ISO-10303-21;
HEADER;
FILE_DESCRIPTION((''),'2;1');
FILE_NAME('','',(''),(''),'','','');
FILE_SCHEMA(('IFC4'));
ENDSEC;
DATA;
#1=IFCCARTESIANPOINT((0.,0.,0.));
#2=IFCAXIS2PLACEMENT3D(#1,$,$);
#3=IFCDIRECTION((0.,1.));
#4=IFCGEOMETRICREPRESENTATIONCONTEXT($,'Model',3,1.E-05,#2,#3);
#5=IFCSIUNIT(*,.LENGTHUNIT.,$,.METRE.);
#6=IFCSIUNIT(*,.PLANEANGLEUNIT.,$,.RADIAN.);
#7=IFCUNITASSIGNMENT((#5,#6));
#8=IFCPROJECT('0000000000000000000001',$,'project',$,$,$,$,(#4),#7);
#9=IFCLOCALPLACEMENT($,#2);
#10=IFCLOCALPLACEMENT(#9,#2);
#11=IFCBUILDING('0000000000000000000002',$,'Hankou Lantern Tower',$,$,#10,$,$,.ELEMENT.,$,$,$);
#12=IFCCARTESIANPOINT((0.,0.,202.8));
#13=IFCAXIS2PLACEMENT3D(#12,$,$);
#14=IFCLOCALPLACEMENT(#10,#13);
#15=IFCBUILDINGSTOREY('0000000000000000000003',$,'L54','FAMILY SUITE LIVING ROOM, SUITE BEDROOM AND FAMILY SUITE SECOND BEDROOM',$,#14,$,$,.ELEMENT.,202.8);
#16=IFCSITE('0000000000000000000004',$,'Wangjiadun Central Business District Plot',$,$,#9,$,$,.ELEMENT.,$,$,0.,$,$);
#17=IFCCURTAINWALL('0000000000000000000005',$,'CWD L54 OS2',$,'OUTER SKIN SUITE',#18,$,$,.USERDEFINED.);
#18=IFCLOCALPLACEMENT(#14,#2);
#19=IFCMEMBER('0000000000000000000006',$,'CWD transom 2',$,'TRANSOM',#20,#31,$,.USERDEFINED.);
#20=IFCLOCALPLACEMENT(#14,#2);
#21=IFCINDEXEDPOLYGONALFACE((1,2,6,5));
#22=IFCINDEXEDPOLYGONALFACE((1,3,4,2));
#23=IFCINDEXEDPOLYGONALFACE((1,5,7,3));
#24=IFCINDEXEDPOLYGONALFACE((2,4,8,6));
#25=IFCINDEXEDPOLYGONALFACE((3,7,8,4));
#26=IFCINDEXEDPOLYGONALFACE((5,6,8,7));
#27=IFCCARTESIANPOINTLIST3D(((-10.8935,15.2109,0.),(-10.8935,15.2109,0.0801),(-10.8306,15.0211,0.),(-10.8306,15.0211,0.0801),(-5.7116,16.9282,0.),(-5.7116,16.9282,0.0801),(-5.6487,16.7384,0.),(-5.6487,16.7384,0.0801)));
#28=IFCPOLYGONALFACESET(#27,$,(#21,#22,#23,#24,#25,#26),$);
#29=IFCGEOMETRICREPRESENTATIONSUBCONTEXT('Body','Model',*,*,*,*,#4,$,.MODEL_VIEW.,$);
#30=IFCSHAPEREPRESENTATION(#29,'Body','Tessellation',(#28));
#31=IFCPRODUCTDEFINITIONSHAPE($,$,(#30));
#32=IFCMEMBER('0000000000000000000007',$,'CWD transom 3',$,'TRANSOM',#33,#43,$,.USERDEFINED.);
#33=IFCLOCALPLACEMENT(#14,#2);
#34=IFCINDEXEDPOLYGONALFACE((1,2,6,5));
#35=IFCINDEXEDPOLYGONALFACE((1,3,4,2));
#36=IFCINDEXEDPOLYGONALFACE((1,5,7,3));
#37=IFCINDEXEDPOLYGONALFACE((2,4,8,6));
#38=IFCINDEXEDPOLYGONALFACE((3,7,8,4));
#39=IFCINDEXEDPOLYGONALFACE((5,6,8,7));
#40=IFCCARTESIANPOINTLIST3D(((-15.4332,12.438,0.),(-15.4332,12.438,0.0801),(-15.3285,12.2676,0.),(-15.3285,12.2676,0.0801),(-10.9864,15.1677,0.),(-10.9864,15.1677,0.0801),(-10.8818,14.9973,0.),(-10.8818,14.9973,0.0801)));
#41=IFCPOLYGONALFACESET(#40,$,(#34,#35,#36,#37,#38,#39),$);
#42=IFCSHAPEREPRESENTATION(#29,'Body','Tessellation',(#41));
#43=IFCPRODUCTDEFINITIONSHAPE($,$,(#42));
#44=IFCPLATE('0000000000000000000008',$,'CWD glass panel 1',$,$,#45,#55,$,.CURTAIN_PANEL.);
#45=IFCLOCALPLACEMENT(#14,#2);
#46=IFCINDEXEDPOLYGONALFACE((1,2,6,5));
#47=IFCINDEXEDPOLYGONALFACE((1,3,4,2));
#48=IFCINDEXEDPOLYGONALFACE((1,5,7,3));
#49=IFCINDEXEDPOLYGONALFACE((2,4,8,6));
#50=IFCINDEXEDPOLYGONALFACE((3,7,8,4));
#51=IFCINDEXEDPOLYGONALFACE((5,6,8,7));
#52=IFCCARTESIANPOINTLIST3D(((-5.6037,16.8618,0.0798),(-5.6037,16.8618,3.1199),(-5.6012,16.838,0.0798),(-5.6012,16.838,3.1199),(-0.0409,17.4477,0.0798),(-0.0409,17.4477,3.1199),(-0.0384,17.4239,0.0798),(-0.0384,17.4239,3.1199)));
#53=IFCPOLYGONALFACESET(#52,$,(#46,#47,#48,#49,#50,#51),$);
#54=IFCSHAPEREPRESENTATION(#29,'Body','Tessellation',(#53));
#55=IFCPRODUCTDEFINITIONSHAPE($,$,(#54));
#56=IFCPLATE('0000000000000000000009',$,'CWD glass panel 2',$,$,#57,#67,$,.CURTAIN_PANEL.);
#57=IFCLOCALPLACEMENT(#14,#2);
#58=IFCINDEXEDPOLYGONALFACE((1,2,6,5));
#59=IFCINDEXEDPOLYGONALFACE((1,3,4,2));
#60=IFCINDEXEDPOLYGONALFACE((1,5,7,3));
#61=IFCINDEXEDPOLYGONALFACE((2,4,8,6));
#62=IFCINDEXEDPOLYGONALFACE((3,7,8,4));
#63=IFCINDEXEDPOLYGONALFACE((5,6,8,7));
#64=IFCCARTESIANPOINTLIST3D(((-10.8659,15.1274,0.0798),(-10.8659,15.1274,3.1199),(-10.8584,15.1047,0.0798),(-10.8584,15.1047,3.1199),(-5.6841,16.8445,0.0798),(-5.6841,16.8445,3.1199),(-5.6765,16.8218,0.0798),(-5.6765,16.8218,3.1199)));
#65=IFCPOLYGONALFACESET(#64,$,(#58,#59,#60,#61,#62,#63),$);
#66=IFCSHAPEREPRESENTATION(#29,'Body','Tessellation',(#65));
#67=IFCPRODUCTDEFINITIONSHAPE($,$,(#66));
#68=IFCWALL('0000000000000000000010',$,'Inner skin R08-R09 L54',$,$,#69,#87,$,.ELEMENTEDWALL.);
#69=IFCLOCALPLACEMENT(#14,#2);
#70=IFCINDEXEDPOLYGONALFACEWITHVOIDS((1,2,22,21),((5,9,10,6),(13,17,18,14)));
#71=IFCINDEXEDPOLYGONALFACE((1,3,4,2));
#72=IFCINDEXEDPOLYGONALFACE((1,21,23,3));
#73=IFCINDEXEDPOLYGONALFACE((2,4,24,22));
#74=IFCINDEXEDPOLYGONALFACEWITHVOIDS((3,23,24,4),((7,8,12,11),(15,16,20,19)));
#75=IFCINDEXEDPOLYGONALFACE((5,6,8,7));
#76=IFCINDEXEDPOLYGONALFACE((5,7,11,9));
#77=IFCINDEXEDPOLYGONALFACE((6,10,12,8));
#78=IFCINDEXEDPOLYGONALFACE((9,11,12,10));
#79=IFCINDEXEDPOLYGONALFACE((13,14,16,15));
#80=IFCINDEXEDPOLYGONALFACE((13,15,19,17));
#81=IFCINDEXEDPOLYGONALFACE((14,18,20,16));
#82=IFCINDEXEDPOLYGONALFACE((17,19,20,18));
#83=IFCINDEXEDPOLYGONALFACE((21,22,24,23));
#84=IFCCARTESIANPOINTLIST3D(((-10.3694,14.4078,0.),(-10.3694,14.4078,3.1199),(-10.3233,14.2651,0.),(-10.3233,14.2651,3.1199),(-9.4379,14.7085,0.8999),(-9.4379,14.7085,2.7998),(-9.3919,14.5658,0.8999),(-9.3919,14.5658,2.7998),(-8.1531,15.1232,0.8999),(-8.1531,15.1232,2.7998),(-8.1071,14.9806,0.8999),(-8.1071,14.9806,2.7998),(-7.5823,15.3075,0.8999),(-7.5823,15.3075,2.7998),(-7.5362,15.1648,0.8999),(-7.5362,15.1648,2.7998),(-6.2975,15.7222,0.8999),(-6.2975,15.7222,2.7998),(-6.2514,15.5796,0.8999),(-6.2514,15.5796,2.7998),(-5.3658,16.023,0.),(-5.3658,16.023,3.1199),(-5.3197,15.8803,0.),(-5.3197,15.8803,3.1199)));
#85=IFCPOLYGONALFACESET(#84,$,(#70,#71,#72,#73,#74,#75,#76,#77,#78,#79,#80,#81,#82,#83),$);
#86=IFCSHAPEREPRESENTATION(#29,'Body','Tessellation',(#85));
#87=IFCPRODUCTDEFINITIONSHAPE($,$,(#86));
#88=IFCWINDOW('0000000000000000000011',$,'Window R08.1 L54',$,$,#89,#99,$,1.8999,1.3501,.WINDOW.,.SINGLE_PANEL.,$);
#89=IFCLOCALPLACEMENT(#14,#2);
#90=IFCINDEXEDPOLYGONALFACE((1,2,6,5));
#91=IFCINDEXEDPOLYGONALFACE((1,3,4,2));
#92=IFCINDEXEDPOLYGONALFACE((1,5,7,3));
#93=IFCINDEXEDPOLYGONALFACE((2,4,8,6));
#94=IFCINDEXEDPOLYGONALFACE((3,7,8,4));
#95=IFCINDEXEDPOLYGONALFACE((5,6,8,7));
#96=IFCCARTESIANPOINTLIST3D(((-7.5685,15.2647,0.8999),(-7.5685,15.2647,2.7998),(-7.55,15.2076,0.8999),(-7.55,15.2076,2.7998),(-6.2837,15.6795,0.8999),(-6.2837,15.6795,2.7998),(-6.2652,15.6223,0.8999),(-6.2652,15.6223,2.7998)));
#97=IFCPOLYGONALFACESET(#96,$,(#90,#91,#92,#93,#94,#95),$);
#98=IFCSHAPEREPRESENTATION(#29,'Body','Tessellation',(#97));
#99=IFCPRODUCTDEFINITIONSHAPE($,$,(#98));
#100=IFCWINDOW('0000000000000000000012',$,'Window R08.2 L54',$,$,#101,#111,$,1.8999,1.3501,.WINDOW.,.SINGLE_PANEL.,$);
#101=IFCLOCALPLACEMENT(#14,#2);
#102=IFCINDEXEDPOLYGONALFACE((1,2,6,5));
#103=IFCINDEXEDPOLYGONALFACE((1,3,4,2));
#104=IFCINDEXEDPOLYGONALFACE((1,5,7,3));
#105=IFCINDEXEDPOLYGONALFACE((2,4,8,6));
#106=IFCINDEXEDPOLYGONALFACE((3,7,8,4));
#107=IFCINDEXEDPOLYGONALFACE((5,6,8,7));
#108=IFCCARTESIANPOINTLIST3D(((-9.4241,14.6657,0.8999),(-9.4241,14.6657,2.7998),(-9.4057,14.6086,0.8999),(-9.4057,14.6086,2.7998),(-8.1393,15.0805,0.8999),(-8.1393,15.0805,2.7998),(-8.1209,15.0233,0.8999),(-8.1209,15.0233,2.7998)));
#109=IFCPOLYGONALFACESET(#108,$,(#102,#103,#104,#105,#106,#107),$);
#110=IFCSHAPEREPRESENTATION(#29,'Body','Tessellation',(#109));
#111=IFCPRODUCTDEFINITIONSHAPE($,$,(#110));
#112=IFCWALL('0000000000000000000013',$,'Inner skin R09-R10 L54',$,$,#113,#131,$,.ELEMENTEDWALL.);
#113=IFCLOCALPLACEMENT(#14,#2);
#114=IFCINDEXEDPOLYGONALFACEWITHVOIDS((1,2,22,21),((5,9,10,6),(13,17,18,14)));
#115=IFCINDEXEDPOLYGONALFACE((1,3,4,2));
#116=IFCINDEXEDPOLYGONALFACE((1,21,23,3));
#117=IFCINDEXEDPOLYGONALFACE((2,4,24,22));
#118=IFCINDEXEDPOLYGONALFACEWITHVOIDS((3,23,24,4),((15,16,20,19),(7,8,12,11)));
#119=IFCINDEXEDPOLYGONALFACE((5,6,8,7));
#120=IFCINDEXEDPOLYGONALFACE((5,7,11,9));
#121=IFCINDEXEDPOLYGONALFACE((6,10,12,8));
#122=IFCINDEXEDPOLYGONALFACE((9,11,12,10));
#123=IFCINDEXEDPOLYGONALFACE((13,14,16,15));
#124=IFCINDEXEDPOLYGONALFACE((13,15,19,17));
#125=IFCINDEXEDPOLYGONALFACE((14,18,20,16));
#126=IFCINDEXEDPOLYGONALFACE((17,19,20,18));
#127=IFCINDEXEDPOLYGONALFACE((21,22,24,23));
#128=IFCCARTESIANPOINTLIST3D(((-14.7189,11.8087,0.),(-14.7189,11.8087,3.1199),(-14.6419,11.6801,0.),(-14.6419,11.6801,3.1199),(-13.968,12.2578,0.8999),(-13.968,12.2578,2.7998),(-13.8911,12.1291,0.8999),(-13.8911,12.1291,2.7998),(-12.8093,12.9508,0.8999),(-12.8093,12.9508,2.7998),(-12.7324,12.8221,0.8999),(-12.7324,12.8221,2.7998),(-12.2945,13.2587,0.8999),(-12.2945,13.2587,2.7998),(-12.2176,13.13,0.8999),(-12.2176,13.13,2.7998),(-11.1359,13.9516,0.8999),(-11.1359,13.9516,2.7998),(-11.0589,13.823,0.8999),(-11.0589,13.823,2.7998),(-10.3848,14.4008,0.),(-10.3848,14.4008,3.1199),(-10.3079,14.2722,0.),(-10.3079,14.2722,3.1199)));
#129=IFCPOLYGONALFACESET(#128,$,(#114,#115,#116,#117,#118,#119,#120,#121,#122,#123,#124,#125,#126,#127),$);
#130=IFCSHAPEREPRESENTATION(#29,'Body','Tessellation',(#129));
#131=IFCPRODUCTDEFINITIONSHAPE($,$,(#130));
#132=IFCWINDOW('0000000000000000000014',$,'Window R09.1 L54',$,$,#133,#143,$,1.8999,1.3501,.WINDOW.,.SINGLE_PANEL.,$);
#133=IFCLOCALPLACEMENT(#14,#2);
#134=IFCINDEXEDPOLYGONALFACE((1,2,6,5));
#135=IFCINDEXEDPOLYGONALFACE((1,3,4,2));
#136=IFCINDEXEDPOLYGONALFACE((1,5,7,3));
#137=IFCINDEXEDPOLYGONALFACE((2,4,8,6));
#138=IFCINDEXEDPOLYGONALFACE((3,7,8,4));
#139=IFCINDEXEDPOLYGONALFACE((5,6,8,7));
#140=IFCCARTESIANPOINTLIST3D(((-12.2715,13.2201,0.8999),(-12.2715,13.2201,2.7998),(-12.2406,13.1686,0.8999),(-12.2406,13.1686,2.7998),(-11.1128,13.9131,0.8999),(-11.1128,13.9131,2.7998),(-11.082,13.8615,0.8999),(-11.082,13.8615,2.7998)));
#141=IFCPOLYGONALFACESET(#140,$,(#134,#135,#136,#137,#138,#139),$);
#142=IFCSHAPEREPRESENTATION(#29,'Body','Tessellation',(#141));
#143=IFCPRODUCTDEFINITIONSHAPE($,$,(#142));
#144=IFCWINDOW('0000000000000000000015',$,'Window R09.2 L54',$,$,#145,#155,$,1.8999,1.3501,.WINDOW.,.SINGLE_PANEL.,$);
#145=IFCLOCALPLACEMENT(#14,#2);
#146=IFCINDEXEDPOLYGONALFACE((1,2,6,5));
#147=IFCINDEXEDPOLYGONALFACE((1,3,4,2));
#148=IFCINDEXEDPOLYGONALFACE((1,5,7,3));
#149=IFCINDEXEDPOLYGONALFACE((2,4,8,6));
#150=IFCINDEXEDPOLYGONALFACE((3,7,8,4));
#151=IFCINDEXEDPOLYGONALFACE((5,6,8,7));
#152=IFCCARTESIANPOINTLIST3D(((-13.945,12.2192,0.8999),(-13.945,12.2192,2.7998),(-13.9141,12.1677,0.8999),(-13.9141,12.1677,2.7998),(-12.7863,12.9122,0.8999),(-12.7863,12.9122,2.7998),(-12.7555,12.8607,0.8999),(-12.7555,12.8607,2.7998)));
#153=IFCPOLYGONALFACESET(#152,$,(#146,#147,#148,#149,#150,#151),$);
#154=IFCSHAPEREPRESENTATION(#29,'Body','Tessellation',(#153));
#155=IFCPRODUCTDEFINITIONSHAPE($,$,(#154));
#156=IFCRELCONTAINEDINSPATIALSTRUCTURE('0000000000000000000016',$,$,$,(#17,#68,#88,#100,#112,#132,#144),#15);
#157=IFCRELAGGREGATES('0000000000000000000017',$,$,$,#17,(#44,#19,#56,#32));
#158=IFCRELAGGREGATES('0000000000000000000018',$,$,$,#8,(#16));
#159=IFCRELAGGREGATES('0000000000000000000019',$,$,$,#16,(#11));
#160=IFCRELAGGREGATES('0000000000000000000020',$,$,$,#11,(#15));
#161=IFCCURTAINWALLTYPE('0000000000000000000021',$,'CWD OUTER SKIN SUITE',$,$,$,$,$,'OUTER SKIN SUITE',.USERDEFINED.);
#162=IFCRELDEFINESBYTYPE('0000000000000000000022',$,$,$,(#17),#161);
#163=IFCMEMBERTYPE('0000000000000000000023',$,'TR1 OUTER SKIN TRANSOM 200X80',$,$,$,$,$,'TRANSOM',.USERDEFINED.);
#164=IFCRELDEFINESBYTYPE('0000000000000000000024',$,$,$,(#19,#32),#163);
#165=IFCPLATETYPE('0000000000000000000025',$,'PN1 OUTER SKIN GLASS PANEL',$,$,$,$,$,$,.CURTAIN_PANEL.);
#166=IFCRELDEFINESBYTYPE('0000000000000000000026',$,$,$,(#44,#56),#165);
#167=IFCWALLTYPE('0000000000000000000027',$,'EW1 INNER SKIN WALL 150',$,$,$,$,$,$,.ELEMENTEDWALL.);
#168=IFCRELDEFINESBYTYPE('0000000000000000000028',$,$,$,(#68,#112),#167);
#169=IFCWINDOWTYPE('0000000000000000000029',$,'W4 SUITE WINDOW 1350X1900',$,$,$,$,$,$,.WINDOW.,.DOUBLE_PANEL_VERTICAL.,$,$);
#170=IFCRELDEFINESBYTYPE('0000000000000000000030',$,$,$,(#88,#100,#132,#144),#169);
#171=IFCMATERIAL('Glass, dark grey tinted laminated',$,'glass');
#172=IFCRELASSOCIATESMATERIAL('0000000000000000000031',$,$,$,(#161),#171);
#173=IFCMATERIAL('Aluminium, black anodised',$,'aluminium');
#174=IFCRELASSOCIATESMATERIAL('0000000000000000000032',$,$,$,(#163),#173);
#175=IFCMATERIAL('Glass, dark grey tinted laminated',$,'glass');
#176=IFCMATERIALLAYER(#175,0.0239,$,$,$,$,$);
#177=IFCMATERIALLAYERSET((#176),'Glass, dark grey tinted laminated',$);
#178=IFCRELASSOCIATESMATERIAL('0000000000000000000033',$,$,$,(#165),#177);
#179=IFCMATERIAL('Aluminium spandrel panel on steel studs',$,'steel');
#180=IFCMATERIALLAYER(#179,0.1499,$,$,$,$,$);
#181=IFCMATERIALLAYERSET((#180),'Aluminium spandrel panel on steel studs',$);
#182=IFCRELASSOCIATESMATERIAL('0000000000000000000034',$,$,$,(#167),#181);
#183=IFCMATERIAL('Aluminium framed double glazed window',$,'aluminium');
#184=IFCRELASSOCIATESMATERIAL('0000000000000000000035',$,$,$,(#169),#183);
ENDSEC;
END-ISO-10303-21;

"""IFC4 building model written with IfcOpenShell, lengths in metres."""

from ifc_helpers import new_model, si_unit, direction, frame, frame_2d, origin, origin_2d, place, context, subcontext, project, spatial, rectangle, extrude, material, layer, layer_set, material_profile, profile_set, type_object, element, fill, aggregate, save


model = new_model("IFC4")

# Units and contexts
model_context = context("Model", 3, precision=1e-05, world=origin(), true_north=direction((0.0, 1.0)))
body_context = subcontext(model_context, "Body", "Model", "MODEL_VIEW")
ifc_project = project(units=[si_unit("LENGTHUNIT", "METRE"), si_unit("PLANEANGLEUNIT", "RADIAN")], contexts=[model_context])

# Site, building, storey
site_placement = place(None, origin())
site = spatial("IfcSite", under=ifc_project, at=site_placement, Name="Wangjiadun Central Business District Plot", CompositionType="ELEMENT", RefElevation=0.0)
building_placement = place(site_placement, origin())
building = spatial("IfcBuilding", under=site, at=building_placement, Name="Hankou Lantern Tower", CompositionType="ELEMENT")
storey_placement = place(building_placement, frame((0.0, 0.0, 202.8)))
storey = spatial("IfcBuildingStorey", under=building, at=storey_placement, Name="L54", Description="FAMILY SUITE LIVING ROOM, SUITE BEDROOM AND FAMILY SUITE SECOND BEDROOM", CompositionType="ELEMENT", Elevation=202.8)

# Curtain wall
ifc_material_1 = material(Name="Glass, dark grey tinted laminated", Category="glass")
curtain_wall_type = type_object("IfcCurtainWallType", Name="CWD OUTER SKIN SUITE", ElementType="OUTER SKIN SUITE", PredefinedType="USERDEFINED", material=ifc_material_1)
curtain_wall_placement = place(storey_placement, origin())
curtain_wall = element("IfcCurtainWall", 1, at=curtain_wall_placement, inside=storey, type_object=curtain_wall_type, Name="CWD L54 OS2", ObjectType="OUTER SKIN SUITE", PredefinedType="USERDEFINED")

# Members
ifc_material_2 = material(Name="Aluminium, black anodised", Category="aluminium")
ifc_material_profile_1 = material_profile(ifc_material_2, rectangle(XDim=0.2, YDim=0.0801, at=origin_2d()), Name="TR1 200X80")
ifc_profile_set_1 = profile_set([ifc_material_profile_1], Name="Aluminium, black anodised")
member_type_1 = type_object("IfcMemberType", Name="TR1 OUTER SKIN TRANSOM 200X80", ElementType="TRANSOM", PredefinedType="USERDEFINED", material=ifc_profile_set_1)
member_1_placement = place(storey_placement, frame((-5.6802, 16.8333, 0.04), z_axis=(-0.949232, -0.314577, 0.0), x_axis=(0.314577, -0.949232, 0.0)))
member_1 = element("IfcMember", 2, at=member_1_placement, type_object=member_type_1, Name="CWD transom 2", ObjectType="TRANSOM", PredefinedType="USERDEFINED", context=body_context, shape_type="SweptSolid", body=[
    extrude(rectangle(XDim=0.2, YDim=0.0801, at=origin_2d()), origin(), (0.0, 0.0, 1.0), 5.459),
])
member_2_placement = place(storey_placement, frame((-10.9341, 15.0825, 0.04), z_axis=(-0.852235, -0.52316, 0.0), x_axis=(0.52316, -0.852235, 0.0)))
member_2 = element("IfcMember", 3, at=member_2_placement, type_object=member_type_1, Name="CWD transom 3", ObjectType="TRANSOM", PredefinedType="USERDEFINED", context=body_context, shape_type="SweptSolid", body=[
    extrude(rectangle(XDim=0.2, YDim=0.0801, at=origin_2d()), origin(), (0.0, 0.0, 1.0), 5.2178),
])

# Plates
ifc_material_3 = material(Name="Glass, dark grey tinted laminated", Category="glass")
ifc_layer_1 = layer(ifc_material_3, 0.0239)
ifc_layer_set_1 = layer_set([ifc_layer_1], Name="Glass, dark grey tinted laminated")
plate_type = type_object("IfcPlateType", Name="PN1 OUTER SKIN GLASS PANEL", PredefinedType="CURTAIN_PANEL", material=ifc_layer_set_1)
plate_1_placement = place(storey_placement, frame((-2.821, 17.1428, 0.0798), z_axis=(0.0, 0.0, 1.0), x_axis=(-0.994499, -0.104743, 0.0)))
plate_1 = element("IfcPlate", 4, at=plate_1_placement, type_object=plate_type, Name="CWD glass panel 1", PredefinedType="CURTAIN_PANEL", context=body_context, shape_type="SweptSolid", body=[
    extrude(rectangle(XDim=5.5935, YDim=0.0239, at=origin_2d()), origin(), (0.0, 0.0, 1.0), 3.04),
])
plate_2_placement = place(storey_placement, frame((-8.2712, 15.9746, 0.0798), z_axis=(0.0, 0.0, 1.0), x_axis=(-0.949241, -0.314551, 0.0)))
plate_2 = element("IfcPlate", 5, at=plate_2_placement, type_object=plate_type, Name="CWD glass panel 2", PredefinedType="CURTAIN_PANEL", context=body_context, shape_type="SweptSolid", body=[
    extrude(rectangle(XDim=5.459, YDim=0.0239, at=origin_2d()), origin(), (0.0, 0.0, 1.0), 3.04),
])
aggregate(curtain_wall, [plate_1, member_1, plate_2, member_2])

# Walls, openings, windows
ifc_material_4 = material(Name="Aluminium spandrel panel on steel studs", Category="steel")
ifc_layer_2 = layer(ifc_material_4, 0.1499)
ifc_layer_set_2 = layer_set([ifc_layer_2], Name="Aluminium spandrel panel on steel studs")
wall_type_1 = type_object("IfcWallType", Name="EW1 INNER SKIN WALL 150", PredefinedType="ELEMENTEDWALL", material=ifc_layer_set_2)
wall_1_placement = place(storey_placement, frame((-5.3428, 15.9517, 0.0), z_axis=(0.0, 0.0, 1.0), x_axis=(-0.951645, -0.307201, 0.0)))
wall_1 = element("IfcWall", 6, at=wall_1_placement, inside=storey, type_object=wall_type_1, Name="Inner skin R08-R09 L54", PredefinedType="ELEMENTEDWALL", context=body_context, shape_type="SweptSolid", body=[
    extrude(rectangle(XDim=5.2578, YDim=0.1499, at=frame_2d((2.6289, 0.0))), origin(), (0.0, 0.0, 1.0), 3.1199),
])
opening_1_placement = place(wall_1_placement, frame((0.979, 0.0, 0.8999)))
opening_1 = element("IfcOpeningElement", 7, at=opening_1_placement, cuts=wall_1, PredefinedType="OPENING", context=body_context, shape_type="SweptSolid", body=[
    extrude(rectangle(XDim=1.3501, YDim=1.8999, at=frame_2d((0.675, 0.95))), frame((0.0, 0.085, 0.0), z_axis=(0.0, -1.0, 0.0), x_axis=(1.0, 0.0, 0.0)), (0.0, 0.0, 1.0), 0.1699),
])
opening_2_placement = place(wall_1_placement, frame((2.929, 0.0, 0.8999)))
opening_2 = element("IfcOpeningElement", 8, at=opening_2_placement, cuts=wall_1, PredefinedType="OPENING", context=body_context, shape_type="SweptSolid", body=[
    extrude(rectangle(XDim=1.3501, YDim=1.8999, at=frame_2d((0.675, 0.95))), frame((0.0, 0.085, 0.0), z_axis=(0.0, -1.0, 0.0), x_axis=(1.0, 0.0, 0.0)), (0.0, 0.0, 1.0), 0.1699),
])
ifc_material_5 = material(Name="Aluminium framed double glazed window", Category="aluminium")
window_type = type_object("IfcWindowType", Name="W4 SUITE WINDOW 1350X1900", PartitioningType="DOUBLE_PANEL_VERTICAL", PredefinedType="WINDOW", material=ifc_material_5)
window_1_placement = place(opening_1_placement, origin())
window_1 = element("IfcWindow", 9, at=window_1_placement, inside=storey, type_object=window_type, Name="Window R08.1 L54", OverallHeight=1.8999, OverallWidth=1.3501, PartitioningType="SINGLE_PANEL", PredefinedType="WINDOW", context=body_context, shape_type="SweptSolid", body=[
    extrude(rectangle(XDim=1.3501, YDim=1.8999, at=frame_2d((0.675, 0.95))), frame((0.0, 0.03, 0.0), z_axis=(0.0, -1.0, 0.0), x_axis=(1.0, 0.0, 0.0)), (0.0, 0.0, 1.0), 0.0601),
])
fill(opening_1, window_1)
window_2_placement = place(opening_2_placement, origin())
window_2 = element("IfcWindow", 10, at=window_2_placement, inside=storey, type_object=window_type, Name="Window R08.2 L54", OverallHeight=1.8999, OverallWidth=1.3501, PartitioningType="SINGLE_PANEL", PredefinedType="WINDOW", context=body_context, shape_type="SweptSolid", body=[
    extrude(rectangle(XDim=1.3501, YDim=1.8999, at=frame_2d((0.675, 0.95))), frame((0.0, 0.03, 0.0), z_axis=(0.0, -1.0, 0.0), x_axis=(1.0, 0.0, 0.0)), (0.0, 0.0, 1.0), 0.0601),
])
fill(opening_2, window_2)
wall_2_placement = place(storey_placement, frame((-10.3464, 14.3364, 0.0), z_axis=(0.0, 0.0, 1.0), x_axis=(-0.858222, -0.51328, 0.0)))
wall_2 = element("IfcWall", 11, at=wall_2_placement, inside=storey, type_object=wall_type_1, Name="Inner skin R09-R10 L54", PredefinedType="ELEMENTEDWALL", context=body_context, shape_type="SweptSolid", body=[
    extrude(rectangle(XDim=5.05, YDim=0.1499, at=frame_2d((2.5249, 0.0))), origin(), (0.0, 0.0, 1.0), 3.1199),
])
opening_3_placement = place(wall_2_placement, frame((0.875, 0.0, 0.8999)))
opening_3 = element("IfcOpeningElement", 12, at=opening_3_placement, cuts=wall_2, PredefinedType="OPENING", context=body_context, shape_type="SweptSolid", body=[
    extrude(rectangle(XDim=1.3501, YDim=1.8999, at=frame_2d((0.675, 0.95))), frame((0.0, 0.085, 0.0), z_axis=(0.0, -1.0, 0.0), x_axis=(1.0, 0.0, 0.0)), (0.0, 0.0, 1.0), 0.1699),
])
opening_4_placement = place(wall_2_placement, frame((2.825, 0.0, 0.8999)))
opening_4 = element("IfcOpeningElement", 13, at=opening_4_placement, cuts=wall_2, PredefinedType="OPENING", context=body_context, shape_type="SweptSolid", body=[
    extrude(rectangle(XDim=1.3501, YDim=1.8999, at=frame_2d((0.675, 0.95))), frame((0.0, 0.085, 0.0), z_axis=(0.0, -1.0, 0.0), x_axis=(1.0, 0.0, 0.0)), (0.0, 0.0, 1.0), 0.1699),
])
window_3_placement = place(opening_3_placement, origin())
window_3 = element("IfcWindow", 14, at=window_3_placement, inside=storey, type_object=window_type, Name="Window R09.1 L54", OverallHeight=1.8999, OverallWidth=1.3501, PartitioningType="SINGLE_PANEL", PredefinedType="WINDOW", context=body_context, shape_type="SweptSolid", body=[
    extrude(rectangle(XDim=1.3501, YDim=1.8999, at=frame_2d((0.675, 0.95))), frame((0.0, 0.03, 0.0), z_axis=(0.0, -1.0, 0.0), x_axis=(1.0, 0.0, 0.0)), (0.0, 0.0, 1.0), 0.0601),
])
fill(opening_3, window_3)
window_4_placement = place(opening_4_placement, origin())
window_4 = element("IfcWindow", 15, at=window_4_placement, inside=storey, type_object=window_type, Name="Window R09.2 L54", OverallHeight=1.8999, OverallWidth=1.3501, PartitioningType="SINGLE_PANEL", PredefinedType="WINDOW", context=body_context, shape_type="SweptSolid", body=[
    extrude(rectangle(XDim=1.3501, YDim=1.8999, at=frame_2d((0.675, 0.95))), frame((0.0, 0.03, 0.0), z_axis=(0.0, -1.0, 0.0), x_axis=(1.0, 0.0, 0.0)), (0.0, 0.0, 1.0), 0.0601),
])
fill(opening_4, window_4)

save(model, "model.ifc")
